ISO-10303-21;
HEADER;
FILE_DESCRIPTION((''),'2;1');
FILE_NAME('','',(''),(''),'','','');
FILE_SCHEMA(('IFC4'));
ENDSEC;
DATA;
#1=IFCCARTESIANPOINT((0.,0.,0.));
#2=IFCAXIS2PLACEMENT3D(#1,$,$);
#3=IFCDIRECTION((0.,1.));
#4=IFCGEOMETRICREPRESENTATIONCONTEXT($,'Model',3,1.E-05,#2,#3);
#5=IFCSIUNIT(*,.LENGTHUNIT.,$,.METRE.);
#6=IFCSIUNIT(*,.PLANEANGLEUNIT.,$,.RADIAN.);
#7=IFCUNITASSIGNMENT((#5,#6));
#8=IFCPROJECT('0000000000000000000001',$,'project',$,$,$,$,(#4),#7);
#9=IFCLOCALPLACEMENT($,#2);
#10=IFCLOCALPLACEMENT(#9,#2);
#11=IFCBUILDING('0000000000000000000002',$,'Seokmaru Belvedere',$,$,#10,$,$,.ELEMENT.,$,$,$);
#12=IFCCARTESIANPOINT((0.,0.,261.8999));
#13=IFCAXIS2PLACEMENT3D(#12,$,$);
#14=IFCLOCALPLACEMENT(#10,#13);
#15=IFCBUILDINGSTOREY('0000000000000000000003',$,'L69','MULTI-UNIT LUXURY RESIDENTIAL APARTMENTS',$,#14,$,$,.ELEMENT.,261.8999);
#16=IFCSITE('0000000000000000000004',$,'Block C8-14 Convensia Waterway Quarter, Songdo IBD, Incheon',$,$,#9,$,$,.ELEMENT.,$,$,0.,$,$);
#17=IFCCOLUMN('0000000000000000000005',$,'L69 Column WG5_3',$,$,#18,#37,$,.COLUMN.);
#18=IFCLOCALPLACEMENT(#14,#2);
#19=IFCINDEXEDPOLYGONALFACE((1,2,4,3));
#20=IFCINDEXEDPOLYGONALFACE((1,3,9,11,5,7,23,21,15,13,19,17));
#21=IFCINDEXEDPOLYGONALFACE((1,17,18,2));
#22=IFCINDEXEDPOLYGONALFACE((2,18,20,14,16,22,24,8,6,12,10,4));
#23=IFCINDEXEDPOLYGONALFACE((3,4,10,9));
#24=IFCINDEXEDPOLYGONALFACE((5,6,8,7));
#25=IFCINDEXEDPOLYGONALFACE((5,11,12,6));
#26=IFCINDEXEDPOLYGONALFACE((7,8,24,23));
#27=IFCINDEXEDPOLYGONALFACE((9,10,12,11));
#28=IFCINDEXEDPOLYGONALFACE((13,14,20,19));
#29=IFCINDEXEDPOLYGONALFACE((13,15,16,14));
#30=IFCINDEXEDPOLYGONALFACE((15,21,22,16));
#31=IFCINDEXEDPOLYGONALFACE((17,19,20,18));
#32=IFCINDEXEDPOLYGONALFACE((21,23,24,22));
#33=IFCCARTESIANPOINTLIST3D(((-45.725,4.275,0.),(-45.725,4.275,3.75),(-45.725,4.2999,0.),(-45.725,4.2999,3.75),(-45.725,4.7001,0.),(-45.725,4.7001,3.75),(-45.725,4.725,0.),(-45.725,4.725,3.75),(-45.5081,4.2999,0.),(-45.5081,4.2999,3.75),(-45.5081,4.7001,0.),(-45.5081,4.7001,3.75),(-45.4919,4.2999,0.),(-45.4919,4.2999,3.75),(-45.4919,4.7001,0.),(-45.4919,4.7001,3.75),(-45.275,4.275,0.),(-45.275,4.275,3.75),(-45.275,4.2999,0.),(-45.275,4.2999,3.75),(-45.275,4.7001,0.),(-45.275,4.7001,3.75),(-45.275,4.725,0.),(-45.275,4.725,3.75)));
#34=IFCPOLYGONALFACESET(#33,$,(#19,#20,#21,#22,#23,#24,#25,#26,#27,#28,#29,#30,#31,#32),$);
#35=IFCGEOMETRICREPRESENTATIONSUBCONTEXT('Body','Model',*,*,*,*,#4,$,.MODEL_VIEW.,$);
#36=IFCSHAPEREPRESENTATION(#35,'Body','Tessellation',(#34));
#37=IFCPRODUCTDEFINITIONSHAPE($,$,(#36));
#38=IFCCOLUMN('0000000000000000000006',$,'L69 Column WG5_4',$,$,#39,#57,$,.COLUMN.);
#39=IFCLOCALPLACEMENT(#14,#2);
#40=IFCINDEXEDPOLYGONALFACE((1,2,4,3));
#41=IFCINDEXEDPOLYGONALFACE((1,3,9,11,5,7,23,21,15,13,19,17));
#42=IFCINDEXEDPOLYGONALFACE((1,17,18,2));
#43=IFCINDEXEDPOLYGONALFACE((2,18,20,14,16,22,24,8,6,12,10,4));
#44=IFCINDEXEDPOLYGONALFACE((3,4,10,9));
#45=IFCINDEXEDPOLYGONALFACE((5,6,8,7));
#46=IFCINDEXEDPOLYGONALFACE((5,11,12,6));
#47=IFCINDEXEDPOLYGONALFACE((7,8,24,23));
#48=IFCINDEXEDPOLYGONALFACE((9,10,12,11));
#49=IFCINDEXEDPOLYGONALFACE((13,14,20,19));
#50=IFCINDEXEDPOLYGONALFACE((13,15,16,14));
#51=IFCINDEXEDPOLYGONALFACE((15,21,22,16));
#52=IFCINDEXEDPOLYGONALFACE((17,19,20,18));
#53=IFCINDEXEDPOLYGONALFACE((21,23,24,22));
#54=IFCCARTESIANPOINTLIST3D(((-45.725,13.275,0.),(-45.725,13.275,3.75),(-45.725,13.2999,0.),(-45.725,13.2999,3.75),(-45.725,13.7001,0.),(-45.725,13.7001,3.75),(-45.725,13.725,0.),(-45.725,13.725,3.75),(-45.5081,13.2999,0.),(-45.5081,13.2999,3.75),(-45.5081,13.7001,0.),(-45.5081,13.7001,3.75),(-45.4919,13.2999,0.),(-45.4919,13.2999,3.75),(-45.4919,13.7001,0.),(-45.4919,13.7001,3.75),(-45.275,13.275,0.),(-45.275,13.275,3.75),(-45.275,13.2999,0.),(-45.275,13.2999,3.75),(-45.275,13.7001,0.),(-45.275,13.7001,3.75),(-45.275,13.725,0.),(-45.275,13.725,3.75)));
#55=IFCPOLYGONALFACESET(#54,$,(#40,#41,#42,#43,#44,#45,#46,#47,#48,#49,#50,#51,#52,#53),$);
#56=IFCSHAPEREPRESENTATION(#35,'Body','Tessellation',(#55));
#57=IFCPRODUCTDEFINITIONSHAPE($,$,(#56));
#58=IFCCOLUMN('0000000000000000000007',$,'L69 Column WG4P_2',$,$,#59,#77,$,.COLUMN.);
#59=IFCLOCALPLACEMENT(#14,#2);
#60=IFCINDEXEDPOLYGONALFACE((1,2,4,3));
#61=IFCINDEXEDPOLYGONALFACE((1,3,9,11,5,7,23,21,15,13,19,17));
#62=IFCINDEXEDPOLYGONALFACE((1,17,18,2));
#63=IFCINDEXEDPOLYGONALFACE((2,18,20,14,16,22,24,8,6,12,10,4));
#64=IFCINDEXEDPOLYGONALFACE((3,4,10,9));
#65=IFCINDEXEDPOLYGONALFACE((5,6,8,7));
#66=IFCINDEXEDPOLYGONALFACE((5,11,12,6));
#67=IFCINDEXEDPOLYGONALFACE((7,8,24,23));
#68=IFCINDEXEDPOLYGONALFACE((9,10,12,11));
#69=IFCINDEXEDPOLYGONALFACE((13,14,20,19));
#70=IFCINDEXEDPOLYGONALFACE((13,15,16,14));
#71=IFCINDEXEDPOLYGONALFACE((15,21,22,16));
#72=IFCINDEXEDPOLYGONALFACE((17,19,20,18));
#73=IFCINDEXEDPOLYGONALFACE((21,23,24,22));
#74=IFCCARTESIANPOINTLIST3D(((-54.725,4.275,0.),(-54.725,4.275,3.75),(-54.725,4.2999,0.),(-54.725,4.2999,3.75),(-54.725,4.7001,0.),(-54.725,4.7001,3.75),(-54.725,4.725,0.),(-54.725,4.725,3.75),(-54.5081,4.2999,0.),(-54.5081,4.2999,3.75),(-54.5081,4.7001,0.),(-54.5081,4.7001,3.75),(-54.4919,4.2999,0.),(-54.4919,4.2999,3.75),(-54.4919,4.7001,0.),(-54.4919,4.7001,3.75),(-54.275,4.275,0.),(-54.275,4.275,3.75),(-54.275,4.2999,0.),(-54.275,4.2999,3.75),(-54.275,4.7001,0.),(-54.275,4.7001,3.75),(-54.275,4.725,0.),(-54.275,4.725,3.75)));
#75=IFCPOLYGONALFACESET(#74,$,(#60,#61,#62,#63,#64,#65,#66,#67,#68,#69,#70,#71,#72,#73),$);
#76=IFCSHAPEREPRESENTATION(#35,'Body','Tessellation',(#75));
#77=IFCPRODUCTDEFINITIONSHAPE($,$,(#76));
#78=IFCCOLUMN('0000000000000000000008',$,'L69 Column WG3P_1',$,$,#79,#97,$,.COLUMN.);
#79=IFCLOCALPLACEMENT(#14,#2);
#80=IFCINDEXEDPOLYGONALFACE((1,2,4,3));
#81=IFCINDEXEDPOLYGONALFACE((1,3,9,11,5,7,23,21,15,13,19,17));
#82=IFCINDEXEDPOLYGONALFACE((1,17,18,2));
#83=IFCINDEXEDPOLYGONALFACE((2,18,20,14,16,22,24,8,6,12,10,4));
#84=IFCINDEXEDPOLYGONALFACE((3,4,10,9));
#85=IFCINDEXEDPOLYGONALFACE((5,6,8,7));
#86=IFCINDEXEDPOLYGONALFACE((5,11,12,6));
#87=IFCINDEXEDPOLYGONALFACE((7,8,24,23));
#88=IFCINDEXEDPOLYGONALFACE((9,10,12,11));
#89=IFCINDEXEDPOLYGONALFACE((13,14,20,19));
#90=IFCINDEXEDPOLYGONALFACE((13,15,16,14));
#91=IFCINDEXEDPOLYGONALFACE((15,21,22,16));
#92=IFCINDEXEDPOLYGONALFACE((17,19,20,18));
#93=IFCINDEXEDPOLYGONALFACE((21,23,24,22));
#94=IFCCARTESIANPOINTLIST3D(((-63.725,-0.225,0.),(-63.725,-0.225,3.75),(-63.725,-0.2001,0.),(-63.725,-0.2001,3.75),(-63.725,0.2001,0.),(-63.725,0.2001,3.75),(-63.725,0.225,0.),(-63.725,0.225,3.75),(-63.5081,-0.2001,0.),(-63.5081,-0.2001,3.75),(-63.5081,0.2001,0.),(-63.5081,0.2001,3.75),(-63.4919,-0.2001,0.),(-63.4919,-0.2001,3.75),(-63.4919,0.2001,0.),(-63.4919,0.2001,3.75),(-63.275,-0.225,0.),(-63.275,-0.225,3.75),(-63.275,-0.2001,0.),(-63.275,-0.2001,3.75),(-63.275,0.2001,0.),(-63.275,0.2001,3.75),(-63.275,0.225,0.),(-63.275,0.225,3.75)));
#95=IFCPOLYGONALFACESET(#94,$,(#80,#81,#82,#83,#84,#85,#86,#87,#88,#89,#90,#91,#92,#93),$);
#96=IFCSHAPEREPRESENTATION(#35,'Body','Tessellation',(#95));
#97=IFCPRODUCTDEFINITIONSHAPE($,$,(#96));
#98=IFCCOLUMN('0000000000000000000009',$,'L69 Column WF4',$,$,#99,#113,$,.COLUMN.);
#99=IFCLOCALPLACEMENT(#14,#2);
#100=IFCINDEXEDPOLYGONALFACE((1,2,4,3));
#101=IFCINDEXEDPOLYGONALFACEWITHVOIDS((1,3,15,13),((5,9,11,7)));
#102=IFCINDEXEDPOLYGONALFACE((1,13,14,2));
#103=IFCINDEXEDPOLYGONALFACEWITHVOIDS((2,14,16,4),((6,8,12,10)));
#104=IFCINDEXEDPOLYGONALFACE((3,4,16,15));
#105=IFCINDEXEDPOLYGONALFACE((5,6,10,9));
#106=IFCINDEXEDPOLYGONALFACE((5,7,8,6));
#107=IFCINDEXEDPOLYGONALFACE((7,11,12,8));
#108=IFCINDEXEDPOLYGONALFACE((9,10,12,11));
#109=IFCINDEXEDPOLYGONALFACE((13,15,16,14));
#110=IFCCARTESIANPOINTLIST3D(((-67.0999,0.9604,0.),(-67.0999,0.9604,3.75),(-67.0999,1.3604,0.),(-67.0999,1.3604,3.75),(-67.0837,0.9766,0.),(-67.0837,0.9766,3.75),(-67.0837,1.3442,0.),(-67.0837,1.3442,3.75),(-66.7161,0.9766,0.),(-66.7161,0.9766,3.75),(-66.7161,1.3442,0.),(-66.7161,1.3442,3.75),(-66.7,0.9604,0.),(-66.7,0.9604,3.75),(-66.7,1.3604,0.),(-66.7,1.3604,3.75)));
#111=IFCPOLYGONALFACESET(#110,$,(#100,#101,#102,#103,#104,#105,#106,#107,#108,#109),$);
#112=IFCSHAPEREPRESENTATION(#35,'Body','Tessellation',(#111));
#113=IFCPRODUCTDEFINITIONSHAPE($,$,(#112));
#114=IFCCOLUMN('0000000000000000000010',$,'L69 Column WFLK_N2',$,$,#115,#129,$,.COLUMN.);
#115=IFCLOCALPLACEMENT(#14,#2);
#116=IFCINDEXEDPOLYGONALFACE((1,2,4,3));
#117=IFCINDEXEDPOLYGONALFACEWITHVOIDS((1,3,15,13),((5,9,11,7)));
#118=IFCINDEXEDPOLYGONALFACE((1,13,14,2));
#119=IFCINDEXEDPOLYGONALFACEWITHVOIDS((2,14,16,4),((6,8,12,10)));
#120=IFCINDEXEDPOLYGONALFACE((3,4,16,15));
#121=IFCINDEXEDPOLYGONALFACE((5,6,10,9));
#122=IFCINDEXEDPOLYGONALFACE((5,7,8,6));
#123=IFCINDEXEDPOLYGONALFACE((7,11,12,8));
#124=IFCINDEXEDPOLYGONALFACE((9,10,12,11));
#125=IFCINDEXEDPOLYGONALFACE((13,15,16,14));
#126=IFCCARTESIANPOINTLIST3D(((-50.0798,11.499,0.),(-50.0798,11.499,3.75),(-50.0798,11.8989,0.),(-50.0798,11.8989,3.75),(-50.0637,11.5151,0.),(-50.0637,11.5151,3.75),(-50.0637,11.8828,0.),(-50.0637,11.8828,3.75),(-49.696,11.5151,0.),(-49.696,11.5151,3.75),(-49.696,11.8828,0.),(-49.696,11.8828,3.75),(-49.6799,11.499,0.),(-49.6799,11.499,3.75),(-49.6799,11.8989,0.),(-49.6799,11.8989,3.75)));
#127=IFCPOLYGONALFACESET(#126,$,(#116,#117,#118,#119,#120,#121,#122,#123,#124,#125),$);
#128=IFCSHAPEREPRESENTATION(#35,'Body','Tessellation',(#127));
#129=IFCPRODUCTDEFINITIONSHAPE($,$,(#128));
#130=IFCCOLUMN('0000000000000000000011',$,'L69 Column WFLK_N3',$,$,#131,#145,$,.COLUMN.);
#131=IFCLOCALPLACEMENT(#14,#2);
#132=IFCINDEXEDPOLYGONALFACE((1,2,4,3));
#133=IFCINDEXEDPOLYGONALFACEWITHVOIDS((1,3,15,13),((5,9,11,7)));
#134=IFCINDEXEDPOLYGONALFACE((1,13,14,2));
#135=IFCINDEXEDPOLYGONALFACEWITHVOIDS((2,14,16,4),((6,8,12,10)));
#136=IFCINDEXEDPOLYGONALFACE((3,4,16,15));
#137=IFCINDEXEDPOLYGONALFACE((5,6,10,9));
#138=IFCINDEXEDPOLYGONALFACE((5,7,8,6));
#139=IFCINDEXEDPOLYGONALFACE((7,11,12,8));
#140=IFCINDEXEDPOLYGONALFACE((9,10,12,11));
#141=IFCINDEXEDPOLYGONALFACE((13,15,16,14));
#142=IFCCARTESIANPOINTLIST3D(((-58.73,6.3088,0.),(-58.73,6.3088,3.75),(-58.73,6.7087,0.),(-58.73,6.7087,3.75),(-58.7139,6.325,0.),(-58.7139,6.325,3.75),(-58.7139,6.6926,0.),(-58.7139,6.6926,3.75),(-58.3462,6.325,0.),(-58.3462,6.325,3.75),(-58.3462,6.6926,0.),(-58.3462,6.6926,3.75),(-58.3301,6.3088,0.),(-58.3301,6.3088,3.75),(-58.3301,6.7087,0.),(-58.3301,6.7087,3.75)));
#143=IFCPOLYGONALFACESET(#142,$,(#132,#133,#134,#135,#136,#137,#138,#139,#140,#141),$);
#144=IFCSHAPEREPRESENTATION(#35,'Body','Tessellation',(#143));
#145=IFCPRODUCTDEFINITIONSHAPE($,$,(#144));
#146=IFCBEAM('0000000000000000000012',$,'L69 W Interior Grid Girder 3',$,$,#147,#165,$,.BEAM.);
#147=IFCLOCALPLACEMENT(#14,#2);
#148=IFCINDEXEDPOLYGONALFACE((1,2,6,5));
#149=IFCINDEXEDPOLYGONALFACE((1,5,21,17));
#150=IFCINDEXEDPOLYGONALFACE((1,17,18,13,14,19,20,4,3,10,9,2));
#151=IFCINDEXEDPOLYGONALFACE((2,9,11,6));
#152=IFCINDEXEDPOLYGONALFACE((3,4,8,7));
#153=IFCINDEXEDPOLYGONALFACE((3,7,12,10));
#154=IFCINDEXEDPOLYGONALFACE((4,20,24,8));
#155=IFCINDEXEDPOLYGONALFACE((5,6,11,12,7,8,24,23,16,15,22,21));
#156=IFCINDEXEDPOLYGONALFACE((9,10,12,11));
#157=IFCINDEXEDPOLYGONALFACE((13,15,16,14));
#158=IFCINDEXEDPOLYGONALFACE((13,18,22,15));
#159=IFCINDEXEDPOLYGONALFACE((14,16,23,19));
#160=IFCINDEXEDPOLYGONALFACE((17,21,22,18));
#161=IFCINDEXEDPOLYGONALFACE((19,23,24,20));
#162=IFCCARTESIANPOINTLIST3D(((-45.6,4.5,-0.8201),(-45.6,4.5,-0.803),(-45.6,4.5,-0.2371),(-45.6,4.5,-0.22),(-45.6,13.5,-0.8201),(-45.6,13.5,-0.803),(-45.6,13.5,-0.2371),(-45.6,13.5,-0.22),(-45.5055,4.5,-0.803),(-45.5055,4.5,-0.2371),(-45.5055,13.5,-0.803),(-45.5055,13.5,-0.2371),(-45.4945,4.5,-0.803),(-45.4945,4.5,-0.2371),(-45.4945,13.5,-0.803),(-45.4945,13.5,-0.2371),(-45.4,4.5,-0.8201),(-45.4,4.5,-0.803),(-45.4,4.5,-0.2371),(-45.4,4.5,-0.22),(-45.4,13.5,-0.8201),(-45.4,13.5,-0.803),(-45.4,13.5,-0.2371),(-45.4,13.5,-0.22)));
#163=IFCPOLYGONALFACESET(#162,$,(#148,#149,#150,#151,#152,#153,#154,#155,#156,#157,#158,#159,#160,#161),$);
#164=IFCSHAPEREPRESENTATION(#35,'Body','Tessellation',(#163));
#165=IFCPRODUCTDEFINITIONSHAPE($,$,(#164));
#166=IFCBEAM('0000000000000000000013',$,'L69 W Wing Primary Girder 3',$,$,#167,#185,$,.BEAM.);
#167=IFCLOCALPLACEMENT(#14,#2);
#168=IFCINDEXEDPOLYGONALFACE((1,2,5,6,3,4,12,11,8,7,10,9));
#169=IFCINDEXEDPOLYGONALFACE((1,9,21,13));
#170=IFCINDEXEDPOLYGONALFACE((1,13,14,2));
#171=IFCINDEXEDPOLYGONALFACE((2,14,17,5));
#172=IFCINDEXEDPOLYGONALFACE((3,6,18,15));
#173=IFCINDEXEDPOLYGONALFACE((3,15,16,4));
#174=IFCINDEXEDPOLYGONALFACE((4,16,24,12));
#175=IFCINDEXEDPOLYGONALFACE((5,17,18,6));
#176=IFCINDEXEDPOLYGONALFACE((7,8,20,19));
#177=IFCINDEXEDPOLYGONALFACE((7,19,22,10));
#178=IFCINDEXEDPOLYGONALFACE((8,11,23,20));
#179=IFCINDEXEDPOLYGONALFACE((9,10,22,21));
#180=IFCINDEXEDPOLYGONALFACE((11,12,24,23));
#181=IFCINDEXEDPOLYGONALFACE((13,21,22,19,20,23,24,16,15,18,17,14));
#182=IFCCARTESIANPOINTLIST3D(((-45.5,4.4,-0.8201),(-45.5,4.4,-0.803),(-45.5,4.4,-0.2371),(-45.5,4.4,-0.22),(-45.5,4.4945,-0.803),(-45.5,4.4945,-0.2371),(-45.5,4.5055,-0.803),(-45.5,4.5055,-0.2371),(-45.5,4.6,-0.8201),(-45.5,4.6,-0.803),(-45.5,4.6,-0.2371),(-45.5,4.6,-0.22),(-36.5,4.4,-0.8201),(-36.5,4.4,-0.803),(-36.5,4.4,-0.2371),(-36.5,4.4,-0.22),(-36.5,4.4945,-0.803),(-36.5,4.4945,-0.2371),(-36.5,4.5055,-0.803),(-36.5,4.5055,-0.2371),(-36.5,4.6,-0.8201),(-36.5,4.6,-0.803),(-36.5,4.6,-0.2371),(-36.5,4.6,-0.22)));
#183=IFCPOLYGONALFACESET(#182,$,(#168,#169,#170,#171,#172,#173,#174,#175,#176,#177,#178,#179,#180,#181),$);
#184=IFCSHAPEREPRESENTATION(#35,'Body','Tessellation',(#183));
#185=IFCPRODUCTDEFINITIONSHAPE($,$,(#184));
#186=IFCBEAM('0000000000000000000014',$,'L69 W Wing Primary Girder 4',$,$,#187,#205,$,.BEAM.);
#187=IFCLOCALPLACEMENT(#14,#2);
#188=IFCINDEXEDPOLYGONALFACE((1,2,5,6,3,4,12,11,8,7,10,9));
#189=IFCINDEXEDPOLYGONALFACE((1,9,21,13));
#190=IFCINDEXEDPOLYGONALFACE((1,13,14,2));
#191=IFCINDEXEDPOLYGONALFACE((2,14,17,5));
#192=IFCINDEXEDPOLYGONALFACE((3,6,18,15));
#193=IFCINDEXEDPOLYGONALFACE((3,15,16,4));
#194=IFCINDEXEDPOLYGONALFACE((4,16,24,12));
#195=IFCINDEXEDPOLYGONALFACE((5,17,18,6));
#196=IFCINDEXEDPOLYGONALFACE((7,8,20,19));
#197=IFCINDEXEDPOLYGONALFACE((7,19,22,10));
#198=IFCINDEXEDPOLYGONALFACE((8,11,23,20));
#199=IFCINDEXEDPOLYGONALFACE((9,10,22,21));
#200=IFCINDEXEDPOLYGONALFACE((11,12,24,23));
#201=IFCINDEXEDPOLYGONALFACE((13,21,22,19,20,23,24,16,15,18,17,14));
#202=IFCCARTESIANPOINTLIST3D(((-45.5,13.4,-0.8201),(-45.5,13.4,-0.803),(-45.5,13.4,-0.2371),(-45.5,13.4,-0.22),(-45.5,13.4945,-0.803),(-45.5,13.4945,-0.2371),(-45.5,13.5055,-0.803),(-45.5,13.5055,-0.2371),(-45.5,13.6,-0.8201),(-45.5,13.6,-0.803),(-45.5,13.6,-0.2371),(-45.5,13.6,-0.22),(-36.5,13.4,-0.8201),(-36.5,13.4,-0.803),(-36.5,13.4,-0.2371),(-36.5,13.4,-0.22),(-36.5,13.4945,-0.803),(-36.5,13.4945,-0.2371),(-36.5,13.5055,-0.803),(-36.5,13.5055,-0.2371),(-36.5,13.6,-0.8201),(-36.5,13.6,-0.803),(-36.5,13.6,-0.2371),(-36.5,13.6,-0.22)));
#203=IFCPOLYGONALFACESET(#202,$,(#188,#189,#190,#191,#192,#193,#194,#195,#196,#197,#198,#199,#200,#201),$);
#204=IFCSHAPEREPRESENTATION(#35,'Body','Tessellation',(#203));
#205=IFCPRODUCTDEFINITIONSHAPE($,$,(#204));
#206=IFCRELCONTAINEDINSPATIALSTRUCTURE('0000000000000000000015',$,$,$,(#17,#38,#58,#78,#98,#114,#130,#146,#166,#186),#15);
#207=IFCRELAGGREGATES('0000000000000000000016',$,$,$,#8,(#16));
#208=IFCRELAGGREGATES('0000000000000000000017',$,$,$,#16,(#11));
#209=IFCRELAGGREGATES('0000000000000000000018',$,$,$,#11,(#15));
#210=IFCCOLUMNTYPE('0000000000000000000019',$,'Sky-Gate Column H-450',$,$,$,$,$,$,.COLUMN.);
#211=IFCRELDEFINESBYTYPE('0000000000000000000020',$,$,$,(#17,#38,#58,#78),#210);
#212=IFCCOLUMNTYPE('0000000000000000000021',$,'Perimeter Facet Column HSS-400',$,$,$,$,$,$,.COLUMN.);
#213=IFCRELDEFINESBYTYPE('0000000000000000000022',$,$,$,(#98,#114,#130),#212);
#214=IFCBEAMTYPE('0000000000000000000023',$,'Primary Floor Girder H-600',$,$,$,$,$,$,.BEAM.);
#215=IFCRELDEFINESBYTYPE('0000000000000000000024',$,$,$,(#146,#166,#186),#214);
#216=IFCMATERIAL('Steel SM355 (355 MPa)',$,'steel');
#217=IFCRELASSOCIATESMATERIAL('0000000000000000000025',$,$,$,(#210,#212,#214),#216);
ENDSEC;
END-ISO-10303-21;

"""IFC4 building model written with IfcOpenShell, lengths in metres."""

from ifc_helpers import new_model, si_unit, direction, frame, origin, origin_2d, place, context, subcontext, project, spatial, hollow_rectangle, i_section, extrude, source, transform, mapped, material, material_profile, profile_set, type_object, type_shapes, element, save


model = new_model("IFC4")

# Units and contexts
model_context = context("Model", 3, precision=1e-05, world=origin(), true_north=direction((0.0, 1.0)))
body_context = subcontext(model_context, "Body", "Model", "MODEL_VIEW")
ifc_project = project(units=[si_unit("LENGTHUNIT", "METRE"), si_unit("PLANEANGLEUNIT", "RADIAN")], contexts=[model_context])

# Site, building, storey
site_placement = place(None, origin())
site = spatial("IfcSite", under=ifc_project, at=site_placement, Name="Block C8-14 Convensia Waterway Quarter, Songdo IBD, Incheon", CompositionType="ELEMENT", RefElevation=0.0)
building_placement = place(site_placement, origin())
building = spatial("IfcBuilding", under=site, at=building_placement, Name="Seokmaru Belvedere", CompositionType="ELEMENT")
storey_placement = place(building_placement, frame((0.0, 0.0, 261.8999)))
storey = spatial("IfcBuildingStorey", under=building, at=storey_placement, Name="L69", Description="MULTI-UNIT LUXURY RESIDENTIAL APARTMENTS", CompositionType="ELEMENT", Elevation=261.8999)

# Columns
ifc_material_1 = material(Name="Steel SM355 (355 MPa)", Category="steel")
ifc_material_profile_1 = material_profile(ifc_material_1, i_section(OverallWidth=0.45, OverallDepth=0.45, WebThickness=0.0161, FlangeThickness=0.0249, at=origin_2d()), Name="H-450x450x16x25")
ifc_profile_set_1 = profile_set([ifc_material_profile_1], Name="Steel SM355 (355 MPa)")
column_type_1 = type_object("IfcColumnType", Name="Sky-Gate Column H-450", PredefinedType="COLUMN", material=ifc_profile_set_1)
shared_shape_1 = source(origin(), body_context, "Body", "SweptSolid", [
    extrude(i_section(OverallWidth=0.45, OverallDepth=0.45, WebThickness=0.0161, FlangeThickness=0.0249, at=origin_2d()), origin(), (0.0, 0.0, 1.0), 3.75),
])
type_shapes(column_type_1, [shared_shape_1])
for number, where, z_axis, x_axis, name in (
    (1, (-45.5, 4.5, 0.0), (0.0, 0.0, 1.0), (1.0, 0.0, 0.0), "L69 Column WG5_3"),
    (2, (-45.5, 13.5, 0.0), (0.0, 0.0, 1.0), (1.0, 0.0, 0.0), "L69 Column WG5_4"),
    (3, (-54.5, 4.5, 0.0), (0.0, 0.0, 1.0), (1.0, 0.0, 0.0), "L69 Column WG4P_2"),
    (4, (-63.5, 0.0, 0.0), (0.0, 0.0, 1.0), (1.0, 0.0, 0.0), "L69 Column WG3P_1"),
):
    element("IfcColumn", number, at=place(storey_placement, frame(where, z_axis=z_axis, x_axis=x_axis)), inside=storey, type_object=column_type_1, Name=name, PredefinedType="COLUMN", context=body_context, shape_type="MappedRepresentation", body=[
        mapped(shared_shape_1, transform((0.0, 0.0, 0.0), scale=1.0)),
    ])
ifc_material_profile_2 = material_profile(ifc_material_1, hollow_rectangle(XDim=0.3999, YDim=0.3999, WallThickness=0.0161, at=origin_2d()), Name="HSS-400x400x16")
ifc_profile_set_2 = profile_set([ifc_material_profile_2], Name="Steel SM355 (355 MPa)")
column_type_2 = type_object("IfcColumnType", Name="Perimeter Facet Column HSS-400", PredefinedType="COLUMN", material=ifc_profile_set_2)
shared_shape_2 = source(origin(), body_context, "Body", "SweptSolid", [
    extrude(hollow_rectangle(XDim=0.3999, YDim=0.3999, WallThickness=0.0161, at=origin_2d()), origin(), (0.0, 0.0, 1.0), 3.75),
])
type_shapes(column_type_2, [shared_shape_2])
for number, where, z_axis, x_axis, name in (
    (5, (-66.8999, 1.1604, 0.0), (0.0, 0.0, 1.0), (1.0, 0.0, 0.0), "L69 Column WF4"),
    (6, (-49.8799, 11.699, 0.0), (0.0, 0.0, 1.0), (1.0, 0.0, 0.0), "L69 Column WFLK_N2"),
    (7, (-58.53, 6.5088, 0.0), (0.0, 0.0, 1.0), (1.0, 0.0, 0.0), "L69 Column WFLK_N3"),
):
    element("IfcColumn", number, at=place(storey_placement, frame(where, z_axis=z_axis, x_axis=x_axis)), inside=storey, type_object=column_type_2, Name=name, PredefinedType="COLUMN", context=body_context, shape_type="MappedRepresentation", body=[
        mapped(shared_shape_2, transform((0.0, 0.0, 0.0), scale=1.0)),
    ])

# Beams
ifc_material_profile_3 = material_profile(ifc_material_1, i_section(OverallWidth=0.2, OverallDepth=0.6001, WebThickness=0.011, FlangeThickness=0.0171, at=origin_2d()), Name="H-600x200x11x17")
ifc_profile_set_3 = profile_set([ifc_material_profile_3], Name="Steel SM355 (355 MPa)")
beam_type_1 = type_object("IfcBeamType", Name="Primary Floor Girder H-600", PredefinedType="BEAM", material=ifc_profile_set_3)
shared_shape_3 = source(origin(), body_context, "Body", "SweptSolid", [
    extrude(i_section(OverallWidth=0.2, OverallDepth=0.6001, WebThickness=0.011, FlangeThickness=0.0171, at=origin_2d()), origin(), (0.0, 0.0, 1.0), 9.0),
])
for number, where, z_axis, x_axis, name in (
    (8, (-45.5, 4.5, -0.52), (0.0, 1.0, 0.0), (-1.0, 0.0, 0.0), "L69 W Interior Grid Girder 3"),
    (9, (-45.5, 4.5, -0.52), (1.0, 0.0, 0.0), (0.0, 1.0, 0.0), "L69 W Wing Primary Girder 3"),
    (10, (-45.5, 13.5, -0.52), (1.0, 0.0, 0.0), (0.0, 1.0, 0.0), "L69 W Wing Primary Girder 4"),
):
    element("IfcBeam", number, at=place(storey_placement, frame(where, z_axis=z_axis, x_axis=x_axis)), inside=storey, type_object=beam_type_1, Name=name, PredefinedType="BEAM", context=body_context, shape_type="MappedRepresentation", body=[
        mapped(shared_shape_3, transform((0.0, 0.0, 0.0), scale=1.0)),
    ])

save(model, "model.ifc")
